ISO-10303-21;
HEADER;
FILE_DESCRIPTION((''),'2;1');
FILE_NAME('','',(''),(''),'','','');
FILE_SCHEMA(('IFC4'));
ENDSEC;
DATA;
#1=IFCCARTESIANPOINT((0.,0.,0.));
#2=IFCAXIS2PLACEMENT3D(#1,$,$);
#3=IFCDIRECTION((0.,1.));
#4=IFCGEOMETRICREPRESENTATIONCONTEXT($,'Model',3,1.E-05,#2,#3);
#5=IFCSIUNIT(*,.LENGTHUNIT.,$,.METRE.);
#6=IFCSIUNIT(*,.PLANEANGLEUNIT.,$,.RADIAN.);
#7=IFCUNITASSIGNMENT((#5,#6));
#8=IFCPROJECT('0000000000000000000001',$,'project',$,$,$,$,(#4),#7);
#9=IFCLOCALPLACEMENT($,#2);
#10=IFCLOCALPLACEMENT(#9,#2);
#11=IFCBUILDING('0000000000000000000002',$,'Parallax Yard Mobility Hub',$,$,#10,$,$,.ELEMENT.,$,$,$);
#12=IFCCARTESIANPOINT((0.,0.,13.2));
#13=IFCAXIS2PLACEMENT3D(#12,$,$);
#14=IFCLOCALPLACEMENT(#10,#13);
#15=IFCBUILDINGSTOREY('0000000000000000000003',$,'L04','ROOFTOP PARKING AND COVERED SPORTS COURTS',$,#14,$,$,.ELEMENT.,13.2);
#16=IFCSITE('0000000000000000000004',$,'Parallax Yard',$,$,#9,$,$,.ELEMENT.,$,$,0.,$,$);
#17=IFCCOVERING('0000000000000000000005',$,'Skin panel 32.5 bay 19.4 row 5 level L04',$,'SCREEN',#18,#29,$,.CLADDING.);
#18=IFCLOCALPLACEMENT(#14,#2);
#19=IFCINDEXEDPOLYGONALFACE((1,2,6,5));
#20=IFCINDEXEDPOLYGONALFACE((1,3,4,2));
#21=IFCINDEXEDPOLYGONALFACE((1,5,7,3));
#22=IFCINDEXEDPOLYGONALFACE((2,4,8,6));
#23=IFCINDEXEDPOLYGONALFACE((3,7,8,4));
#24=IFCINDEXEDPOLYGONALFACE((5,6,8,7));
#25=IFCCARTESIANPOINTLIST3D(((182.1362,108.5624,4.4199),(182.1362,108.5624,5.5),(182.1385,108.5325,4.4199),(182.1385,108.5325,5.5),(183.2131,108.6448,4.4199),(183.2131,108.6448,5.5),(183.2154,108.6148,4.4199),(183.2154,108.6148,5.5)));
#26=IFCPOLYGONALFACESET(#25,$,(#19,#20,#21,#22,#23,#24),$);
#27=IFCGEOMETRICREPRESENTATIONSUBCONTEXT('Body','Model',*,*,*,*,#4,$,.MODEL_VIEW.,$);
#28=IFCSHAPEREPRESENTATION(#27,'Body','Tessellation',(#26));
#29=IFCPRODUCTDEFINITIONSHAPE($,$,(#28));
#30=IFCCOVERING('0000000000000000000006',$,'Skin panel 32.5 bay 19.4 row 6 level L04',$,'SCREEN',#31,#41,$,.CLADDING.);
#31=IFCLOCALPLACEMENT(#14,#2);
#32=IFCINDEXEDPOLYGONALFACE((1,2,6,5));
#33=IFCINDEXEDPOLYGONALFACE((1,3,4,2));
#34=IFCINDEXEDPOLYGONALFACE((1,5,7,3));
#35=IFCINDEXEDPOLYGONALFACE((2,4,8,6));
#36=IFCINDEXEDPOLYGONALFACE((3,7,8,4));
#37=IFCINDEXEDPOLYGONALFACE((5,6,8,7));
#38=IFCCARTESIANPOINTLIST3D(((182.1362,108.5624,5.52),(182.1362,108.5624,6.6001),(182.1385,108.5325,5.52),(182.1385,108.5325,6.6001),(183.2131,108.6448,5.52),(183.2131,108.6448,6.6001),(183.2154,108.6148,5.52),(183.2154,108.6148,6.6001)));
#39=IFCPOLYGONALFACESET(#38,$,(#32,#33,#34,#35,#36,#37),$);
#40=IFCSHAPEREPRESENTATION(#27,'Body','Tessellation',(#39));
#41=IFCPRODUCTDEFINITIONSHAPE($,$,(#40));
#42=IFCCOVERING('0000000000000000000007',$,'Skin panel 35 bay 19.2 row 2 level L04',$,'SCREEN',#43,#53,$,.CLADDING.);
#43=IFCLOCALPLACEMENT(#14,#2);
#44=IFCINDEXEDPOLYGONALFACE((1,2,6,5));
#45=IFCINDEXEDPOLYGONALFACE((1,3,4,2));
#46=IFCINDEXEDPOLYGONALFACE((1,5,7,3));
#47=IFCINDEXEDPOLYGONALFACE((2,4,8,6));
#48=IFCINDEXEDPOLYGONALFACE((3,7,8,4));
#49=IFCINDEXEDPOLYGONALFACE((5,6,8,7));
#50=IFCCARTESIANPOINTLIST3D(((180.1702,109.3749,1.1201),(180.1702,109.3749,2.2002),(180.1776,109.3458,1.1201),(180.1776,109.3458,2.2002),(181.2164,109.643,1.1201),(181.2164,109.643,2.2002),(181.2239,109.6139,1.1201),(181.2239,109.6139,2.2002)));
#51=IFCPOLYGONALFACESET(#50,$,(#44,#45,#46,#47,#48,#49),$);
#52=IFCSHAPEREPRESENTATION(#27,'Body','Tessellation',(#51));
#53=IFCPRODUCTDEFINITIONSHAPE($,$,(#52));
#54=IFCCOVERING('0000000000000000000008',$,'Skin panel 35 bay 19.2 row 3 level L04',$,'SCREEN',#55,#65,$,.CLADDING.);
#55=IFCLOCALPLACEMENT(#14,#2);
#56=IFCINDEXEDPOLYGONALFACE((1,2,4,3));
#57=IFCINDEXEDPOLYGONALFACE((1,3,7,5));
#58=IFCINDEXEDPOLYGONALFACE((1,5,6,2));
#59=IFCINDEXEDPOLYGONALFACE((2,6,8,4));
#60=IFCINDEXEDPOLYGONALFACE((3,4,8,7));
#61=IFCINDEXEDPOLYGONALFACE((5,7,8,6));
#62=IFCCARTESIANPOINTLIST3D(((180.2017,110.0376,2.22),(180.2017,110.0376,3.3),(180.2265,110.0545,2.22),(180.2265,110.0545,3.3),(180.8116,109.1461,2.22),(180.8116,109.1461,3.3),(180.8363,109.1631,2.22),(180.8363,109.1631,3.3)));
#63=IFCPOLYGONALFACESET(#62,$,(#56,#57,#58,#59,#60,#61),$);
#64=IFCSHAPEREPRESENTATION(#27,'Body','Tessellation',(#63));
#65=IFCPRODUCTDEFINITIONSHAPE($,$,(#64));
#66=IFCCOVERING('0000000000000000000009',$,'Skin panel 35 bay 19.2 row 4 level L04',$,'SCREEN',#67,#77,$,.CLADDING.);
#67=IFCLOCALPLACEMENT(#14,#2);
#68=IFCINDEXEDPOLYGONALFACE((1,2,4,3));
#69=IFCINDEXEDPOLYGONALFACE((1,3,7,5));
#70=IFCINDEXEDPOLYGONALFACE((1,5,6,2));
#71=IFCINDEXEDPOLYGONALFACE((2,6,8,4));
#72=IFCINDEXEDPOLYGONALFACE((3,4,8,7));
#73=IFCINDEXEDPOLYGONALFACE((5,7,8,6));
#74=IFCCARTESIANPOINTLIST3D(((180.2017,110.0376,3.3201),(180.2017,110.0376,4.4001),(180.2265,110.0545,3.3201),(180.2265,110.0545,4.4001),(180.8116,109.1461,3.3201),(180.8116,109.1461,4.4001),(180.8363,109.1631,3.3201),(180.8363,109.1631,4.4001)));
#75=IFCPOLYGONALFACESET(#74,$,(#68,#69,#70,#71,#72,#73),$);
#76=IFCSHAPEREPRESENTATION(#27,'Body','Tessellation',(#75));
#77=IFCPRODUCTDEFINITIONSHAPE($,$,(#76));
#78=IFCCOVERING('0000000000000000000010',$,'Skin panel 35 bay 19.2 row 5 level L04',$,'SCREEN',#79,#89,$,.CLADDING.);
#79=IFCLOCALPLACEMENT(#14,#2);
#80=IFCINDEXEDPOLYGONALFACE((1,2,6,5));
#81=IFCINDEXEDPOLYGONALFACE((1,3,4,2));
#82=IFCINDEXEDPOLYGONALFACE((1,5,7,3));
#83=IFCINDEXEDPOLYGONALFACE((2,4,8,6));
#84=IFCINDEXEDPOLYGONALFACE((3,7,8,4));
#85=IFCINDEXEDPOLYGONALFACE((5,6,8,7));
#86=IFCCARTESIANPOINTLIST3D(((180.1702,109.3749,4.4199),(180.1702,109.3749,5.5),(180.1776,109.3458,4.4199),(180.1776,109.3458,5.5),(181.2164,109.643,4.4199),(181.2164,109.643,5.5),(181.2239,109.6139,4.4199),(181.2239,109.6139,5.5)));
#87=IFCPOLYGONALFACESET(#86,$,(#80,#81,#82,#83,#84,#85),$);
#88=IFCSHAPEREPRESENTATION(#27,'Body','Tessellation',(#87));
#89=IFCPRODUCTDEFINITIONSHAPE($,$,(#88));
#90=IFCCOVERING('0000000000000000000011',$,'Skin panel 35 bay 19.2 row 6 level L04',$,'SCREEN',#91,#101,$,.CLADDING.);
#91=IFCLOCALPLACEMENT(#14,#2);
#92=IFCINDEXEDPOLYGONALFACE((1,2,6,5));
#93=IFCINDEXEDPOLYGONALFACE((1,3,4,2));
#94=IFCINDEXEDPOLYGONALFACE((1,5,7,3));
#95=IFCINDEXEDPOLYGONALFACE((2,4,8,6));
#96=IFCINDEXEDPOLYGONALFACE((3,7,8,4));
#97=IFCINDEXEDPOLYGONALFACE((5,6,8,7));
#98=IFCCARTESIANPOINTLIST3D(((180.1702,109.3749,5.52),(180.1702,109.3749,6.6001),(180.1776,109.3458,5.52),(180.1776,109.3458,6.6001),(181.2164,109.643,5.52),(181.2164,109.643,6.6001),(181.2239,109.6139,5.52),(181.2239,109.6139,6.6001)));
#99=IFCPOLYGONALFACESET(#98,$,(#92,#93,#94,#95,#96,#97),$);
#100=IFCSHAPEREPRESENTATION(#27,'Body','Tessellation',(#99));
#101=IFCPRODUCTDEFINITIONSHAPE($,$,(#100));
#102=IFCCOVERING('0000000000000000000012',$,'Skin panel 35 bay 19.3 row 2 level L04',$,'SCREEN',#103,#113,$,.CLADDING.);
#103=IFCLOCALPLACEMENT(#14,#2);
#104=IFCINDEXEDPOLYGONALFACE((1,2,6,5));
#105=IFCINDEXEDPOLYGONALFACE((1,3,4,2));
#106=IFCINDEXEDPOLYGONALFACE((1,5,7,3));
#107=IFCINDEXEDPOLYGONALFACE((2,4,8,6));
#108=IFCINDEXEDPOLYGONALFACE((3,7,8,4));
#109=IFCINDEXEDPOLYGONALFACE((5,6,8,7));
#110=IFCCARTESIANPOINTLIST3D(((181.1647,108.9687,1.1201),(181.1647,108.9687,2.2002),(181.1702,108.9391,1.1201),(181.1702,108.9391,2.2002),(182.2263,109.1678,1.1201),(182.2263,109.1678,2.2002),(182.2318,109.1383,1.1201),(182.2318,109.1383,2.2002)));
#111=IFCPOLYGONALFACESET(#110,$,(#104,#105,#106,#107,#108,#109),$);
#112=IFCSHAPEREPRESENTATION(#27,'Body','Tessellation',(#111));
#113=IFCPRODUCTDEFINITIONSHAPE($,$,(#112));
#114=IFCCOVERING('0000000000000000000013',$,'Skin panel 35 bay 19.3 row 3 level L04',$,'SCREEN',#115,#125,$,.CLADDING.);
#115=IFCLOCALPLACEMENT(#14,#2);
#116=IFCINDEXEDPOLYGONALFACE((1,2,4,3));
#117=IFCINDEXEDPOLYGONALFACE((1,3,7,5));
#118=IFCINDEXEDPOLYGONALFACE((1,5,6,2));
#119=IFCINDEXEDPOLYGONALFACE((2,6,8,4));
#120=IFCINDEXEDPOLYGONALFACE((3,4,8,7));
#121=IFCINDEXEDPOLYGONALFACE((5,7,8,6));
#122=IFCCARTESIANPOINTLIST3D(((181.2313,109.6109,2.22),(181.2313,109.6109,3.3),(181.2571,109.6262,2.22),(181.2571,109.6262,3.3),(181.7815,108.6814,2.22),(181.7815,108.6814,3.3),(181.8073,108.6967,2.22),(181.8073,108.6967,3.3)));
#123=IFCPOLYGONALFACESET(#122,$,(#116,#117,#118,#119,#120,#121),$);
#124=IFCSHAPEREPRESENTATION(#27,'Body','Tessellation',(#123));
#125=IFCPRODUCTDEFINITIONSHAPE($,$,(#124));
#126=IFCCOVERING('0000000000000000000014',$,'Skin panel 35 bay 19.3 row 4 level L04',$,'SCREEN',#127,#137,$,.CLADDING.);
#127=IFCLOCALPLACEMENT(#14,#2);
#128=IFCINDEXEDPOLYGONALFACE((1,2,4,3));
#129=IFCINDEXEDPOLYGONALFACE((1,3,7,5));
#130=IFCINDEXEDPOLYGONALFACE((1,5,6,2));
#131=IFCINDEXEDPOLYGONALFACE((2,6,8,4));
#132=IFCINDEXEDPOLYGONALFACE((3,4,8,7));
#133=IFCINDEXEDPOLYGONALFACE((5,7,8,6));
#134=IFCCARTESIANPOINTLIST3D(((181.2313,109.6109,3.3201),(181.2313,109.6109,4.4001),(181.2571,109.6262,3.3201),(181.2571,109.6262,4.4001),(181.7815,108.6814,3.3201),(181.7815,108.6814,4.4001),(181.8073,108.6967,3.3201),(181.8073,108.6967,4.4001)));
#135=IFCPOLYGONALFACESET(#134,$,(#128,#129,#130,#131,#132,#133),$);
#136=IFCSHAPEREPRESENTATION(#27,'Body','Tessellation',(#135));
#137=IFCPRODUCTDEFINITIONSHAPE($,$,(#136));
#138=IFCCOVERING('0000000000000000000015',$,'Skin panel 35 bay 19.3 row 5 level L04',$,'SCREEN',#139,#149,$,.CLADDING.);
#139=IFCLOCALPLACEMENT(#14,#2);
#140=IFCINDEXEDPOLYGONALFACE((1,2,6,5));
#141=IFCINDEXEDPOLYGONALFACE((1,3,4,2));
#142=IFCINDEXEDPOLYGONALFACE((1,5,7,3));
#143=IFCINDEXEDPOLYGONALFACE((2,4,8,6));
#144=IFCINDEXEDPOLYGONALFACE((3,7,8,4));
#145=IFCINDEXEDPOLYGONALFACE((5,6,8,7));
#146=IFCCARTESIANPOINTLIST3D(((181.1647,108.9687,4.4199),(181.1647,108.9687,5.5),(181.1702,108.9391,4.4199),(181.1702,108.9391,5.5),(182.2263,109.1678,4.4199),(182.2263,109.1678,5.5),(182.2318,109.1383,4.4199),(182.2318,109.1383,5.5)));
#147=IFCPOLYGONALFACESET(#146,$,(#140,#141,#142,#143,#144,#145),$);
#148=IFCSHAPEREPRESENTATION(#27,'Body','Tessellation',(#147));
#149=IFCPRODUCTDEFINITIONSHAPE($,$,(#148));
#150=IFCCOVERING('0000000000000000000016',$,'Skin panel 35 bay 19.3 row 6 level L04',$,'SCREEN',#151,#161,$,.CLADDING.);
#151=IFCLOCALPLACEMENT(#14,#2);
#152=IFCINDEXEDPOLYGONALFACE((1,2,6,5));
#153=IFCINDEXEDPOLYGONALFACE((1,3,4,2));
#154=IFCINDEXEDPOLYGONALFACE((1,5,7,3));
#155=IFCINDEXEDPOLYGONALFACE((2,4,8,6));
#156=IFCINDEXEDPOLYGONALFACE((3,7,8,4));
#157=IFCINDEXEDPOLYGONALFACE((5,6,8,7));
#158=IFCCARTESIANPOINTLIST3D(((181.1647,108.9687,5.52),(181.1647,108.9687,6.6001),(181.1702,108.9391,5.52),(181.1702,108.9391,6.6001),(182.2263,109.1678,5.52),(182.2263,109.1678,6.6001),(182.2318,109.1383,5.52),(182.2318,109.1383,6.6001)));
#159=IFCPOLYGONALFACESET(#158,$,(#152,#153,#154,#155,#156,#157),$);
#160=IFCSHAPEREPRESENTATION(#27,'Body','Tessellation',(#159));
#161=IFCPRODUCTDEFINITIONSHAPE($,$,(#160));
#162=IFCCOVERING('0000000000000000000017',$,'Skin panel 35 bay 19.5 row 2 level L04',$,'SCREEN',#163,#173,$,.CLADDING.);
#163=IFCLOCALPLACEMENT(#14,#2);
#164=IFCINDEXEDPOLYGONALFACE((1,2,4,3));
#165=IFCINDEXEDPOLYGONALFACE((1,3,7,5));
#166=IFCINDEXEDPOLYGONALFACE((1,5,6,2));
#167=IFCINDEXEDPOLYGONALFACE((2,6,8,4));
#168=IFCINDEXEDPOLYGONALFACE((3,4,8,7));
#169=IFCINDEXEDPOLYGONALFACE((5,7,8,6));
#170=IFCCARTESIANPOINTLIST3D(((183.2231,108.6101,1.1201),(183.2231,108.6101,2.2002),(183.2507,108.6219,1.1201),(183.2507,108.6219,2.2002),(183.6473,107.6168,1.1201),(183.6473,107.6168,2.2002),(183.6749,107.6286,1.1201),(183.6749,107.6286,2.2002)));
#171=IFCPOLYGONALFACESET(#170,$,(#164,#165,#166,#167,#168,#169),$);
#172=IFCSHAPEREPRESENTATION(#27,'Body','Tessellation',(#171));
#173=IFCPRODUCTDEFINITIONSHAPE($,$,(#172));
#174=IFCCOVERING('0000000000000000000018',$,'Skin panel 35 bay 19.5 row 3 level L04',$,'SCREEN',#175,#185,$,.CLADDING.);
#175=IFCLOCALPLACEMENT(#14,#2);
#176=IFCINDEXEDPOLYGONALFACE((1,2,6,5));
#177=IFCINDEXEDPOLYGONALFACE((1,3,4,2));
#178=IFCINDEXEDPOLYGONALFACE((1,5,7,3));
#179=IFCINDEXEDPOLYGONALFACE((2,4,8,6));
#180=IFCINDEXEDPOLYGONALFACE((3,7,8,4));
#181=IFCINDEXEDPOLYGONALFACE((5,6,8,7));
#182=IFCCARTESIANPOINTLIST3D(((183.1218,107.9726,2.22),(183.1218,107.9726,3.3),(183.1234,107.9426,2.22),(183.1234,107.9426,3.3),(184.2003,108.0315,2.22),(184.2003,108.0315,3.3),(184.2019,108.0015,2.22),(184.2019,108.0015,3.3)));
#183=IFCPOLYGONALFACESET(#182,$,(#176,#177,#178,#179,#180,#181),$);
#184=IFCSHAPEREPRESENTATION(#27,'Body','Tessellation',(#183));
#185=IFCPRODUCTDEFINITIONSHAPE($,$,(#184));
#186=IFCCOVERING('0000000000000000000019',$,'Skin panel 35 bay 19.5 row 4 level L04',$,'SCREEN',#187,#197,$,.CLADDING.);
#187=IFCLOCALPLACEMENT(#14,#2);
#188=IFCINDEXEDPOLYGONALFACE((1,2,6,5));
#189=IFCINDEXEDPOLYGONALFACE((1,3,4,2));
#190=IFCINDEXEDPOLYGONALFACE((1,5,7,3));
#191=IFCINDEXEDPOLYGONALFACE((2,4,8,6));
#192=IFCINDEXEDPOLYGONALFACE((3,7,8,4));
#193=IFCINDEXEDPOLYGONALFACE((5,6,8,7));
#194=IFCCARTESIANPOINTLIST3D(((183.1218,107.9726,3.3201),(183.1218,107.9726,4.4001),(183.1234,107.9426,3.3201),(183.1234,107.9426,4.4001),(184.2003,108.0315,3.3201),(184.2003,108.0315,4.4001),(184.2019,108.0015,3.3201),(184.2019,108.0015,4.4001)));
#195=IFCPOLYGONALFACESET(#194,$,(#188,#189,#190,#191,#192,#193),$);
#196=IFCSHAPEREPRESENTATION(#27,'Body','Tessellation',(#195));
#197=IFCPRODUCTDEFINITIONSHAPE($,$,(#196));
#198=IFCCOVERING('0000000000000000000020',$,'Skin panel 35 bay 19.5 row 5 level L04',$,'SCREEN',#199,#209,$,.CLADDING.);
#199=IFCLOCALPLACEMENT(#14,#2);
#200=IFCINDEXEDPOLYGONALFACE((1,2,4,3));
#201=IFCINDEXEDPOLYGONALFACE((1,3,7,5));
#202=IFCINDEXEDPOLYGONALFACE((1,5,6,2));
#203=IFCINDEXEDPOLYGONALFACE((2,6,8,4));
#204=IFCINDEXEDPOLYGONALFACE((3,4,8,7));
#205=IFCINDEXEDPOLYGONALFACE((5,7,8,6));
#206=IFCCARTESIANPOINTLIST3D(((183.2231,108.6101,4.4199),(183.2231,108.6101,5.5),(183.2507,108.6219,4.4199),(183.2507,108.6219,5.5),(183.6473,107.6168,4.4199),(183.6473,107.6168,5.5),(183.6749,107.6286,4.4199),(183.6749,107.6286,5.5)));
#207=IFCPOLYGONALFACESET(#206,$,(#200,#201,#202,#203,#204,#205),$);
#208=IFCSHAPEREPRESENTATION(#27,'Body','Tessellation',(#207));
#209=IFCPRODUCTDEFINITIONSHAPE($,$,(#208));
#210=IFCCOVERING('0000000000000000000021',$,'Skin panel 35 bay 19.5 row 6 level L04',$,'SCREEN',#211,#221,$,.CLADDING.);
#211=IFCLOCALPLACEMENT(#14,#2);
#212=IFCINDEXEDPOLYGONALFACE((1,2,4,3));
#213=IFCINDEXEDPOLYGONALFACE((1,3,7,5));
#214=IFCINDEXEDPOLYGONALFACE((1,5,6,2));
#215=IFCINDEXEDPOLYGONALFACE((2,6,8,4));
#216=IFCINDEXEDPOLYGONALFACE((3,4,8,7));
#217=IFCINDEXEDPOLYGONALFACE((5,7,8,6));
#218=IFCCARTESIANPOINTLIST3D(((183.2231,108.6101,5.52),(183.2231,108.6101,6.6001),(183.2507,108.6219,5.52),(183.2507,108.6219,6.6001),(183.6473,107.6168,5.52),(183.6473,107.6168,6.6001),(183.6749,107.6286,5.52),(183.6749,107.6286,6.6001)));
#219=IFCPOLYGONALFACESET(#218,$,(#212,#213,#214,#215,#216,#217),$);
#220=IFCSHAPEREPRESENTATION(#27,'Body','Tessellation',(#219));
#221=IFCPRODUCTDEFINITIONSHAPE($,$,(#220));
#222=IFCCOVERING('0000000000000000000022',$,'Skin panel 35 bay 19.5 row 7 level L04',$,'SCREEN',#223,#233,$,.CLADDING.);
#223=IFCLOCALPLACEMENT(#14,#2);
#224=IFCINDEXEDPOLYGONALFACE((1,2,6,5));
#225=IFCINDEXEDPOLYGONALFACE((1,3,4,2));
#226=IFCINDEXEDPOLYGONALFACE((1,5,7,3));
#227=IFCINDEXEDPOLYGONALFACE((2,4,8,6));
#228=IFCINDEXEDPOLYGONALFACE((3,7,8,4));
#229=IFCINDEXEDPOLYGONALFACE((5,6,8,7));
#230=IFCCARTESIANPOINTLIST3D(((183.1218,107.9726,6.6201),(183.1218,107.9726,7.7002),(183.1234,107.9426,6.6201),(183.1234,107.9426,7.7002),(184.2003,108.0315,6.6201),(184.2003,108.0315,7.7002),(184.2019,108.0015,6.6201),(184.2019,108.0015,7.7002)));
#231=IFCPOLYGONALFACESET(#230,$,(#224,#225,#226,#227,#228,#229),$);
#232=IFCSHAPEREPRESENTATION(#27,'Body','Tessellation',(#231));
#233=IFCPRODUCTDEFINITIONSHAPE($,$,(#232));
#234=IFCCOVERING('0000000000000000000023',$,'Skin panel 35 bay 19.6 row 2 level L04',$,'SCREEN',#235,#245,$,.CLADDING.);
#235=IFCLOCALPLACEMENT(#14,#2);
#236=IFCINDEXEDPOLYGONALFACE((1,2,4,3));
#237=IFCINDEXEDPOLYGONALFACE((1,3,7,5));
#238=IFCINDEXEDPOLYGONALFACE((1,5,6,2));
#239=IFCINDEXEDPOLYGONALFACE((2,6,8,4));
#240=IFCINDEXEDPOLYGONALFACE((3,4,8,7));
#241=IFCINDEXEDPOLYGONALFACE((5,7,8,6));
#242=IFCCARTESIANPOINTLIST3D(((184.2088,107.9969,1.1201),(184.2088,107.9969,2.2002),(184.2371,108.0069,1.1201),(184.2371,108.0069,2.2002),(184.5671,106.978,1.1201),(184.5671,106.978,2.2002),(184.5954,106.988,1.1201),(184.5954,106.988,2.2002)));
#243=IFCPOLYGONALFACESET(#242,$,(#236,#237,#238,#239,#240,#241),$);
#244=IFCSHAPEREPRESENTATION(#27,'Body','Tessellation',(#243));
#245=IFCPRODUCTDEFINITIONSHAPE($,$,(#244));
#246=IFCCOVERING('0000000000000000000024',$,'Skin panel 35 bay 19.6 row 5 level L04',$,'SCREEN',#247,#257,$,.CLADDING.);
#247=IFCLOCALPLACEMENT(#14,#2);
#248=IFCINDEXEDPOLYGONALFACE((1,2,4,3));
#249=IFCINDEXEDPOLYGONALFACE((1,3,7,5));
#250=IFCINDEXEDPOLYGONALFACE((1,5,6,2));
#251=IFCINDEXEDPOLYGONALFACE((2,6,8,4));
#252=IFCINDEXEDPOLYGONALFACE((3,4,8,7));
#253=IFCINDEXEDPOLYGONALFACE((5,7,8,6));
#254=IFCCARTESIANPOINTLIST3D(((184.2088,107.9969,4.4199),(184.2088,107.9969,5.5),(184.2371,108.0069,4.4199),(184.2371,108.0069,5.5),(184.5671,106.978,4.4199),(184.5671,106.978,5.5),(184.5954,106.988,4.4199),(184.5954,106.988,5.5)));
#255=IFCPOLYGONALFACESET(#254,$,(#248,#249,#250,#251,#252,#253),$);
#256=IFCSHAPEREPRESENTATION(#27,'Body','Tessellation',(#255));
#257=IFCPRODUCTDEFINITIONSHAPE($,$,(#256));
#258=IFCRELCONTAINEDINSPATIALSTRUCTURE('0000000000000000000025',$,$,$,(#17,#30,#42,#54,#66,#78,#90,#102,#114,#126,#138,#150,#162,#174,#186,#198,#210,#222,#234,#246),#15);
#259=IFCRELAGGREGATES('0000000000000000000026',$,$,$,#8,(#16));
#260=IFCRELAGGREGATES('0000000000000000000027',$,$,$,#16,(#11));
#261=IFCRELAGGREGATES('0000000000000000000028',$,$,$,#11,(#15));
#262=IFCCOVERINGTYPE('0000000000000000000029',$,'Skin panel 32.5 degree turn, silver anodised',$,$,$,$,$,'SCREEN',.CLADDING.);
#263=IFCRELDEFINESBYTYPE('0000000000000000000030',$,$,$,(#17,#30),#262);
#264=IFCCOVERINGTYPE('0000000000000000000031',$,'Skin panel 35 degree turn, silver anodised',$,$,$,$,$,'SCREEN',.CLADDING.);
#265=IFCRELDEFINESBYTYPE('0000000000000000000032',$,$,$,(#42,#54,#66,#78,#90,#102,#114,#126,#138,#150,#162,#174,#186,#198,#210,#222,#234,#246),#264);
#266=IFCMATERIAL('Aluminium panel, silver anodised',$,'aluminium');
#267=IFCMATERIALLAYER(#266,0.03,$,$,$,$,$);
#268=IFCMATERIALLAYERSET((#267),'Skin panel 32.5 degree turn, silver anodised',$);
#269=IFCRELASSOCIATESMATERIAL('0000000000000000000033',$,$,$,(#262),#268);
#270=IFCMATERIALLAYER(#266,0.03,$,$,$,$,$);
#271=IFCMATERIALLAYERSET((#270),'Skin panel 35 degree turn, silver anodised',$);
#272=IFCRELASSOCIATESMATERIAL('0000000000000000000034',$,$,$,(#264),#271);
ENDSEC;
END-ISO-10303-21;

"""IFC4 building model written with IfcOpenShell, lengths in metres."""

from ifc_helpers import new_model, si_unit, direction, frame, origin, origin_2d, place, context, subcontext, project, spatial, rectangle, extrude, material, layer, layer_set, type_object, element, save


model = new_model("IFC4")

# Units and contexts
model_context = context("Model", 3, precision=1e-05, world=origin(), true_north=direction((0.0, 1.0)))
body_context = subcontext(model_context, "Body", "Model", "MODEL_VIEW")
ifc_project = project(units=[si_unit("LENGTHUNIT", "METRE"), si_unit("PLANEANGLEUNIT", "RADIAN")], contexts=[model_context])

# Site, building, storey
site_placement = place(None, origin())
site = spatial("IfcSite", under=ifc_project, at=site_placement, Name="Parallax Yard", CompositionType="ELEMENT", RefElevation=0.0)
building_placement = place(site_placement, origin())
building = spatial("IfcBuilding", under=site, at=building_placement, Name="Parallax Yard Mobility Hub", CompositionType="ELEMENT")
storey_placement = place(building_placement, frame((0.0, 0.0, 13.2)))
storey = spatial("IfcBuildingStorey", under=building, at=storey_placement, Name="L04", Description="ROOFTOP PARKING AND COVERED SPORTS COURTS", CompositionType="ELEMENT", Elevation=13.2)

# Coverings
ifc_material_1 = material(Name="Aluminium panel, silver anodised", Category="aluminium")
ifc_layer_1 = layer(ifc_material_1, 0.03)
ifc_layer_set_1 = layer_set([ifc_layer_1], Name="Skin panel 32.5 degree turn, silver anodised")
covering_type_1 = type_object("IfcCoveringType", Name="Skin panel 32.5 degree turn, silver anodised", ElementType="SCREEN", PredefinedType="CLADDING", material=ifc_layer_set_1)
for number, where, z_axis, x_axis, name in (
    (1, (182.6758, 108.5886, 4.4199), (0.0, 0.0, 1.0), (-0.997086, -0.076284, 0.0), "Skin panel 32.5 bay 19.4 row 5 level L04"),
    (2, (182.6758, 108.5886, 5.52), (0.0, 0.0, 1.0), (-0.997086, -0.076284, 0.0), "Skin panel 32.5 bay 19.4 row 6 level L04"),
):
    element("IfcCovering", number, at=place(storey_placement, frame(where, z_axis=z_axis, x_axis=x_axis)), inside=storey, type_object=covering_type_1, Name=name, ObjectType="SCREEN", PredefinedType="CLADDING", context=body_context, shape_type="SweptSolid", body=[
        extrude(rectangle(XDim=1.0801, YDim=0.03, at=origin_2d()), origin(), (0.0, 0.0, 1.0), 1.0801),
    ])
ifc_layer_2 = layer(ifc_material_1, 0.03)
ifc_layer_set_2 = layer_set([ifc_layer_2], Name="Skin panel 35 degree turn, silver anodised")
covering_type_2 = type_object("IfcCoveringType", Name="Skin panel 35 degree turn, silver anodised", ElementType="SCREEN", PredefinedType="CLADDING", material=ifc_layer_set_2)
for number, where, z_axis, x_axis, name in (
    (3, (180.697, 109.4944, 1.1201), (0.0, 0.0, 1.0), (-0.968692, -0.248267, 0.0), "Skin panel 35 bay 19.2 row 2 level L04"),
    (4, (180.519, 109.6003, 2.22), (0.0, 0.0, 1.0), (0.564607, -0.82536, 0.0), "Skin panel 35 bay 19.2 row 3 level L04"),
    (5, (180.519, 109.6003, 3.3201), (0.0, 0.0, 1.0), (0.564607, -0.82536, 0.0), "Skin panel 35 bay 19.2 row 4 level L04"),
    (6, (180.697, 109.4944, 4.4199), (0.0, 0.0, 1.0), (-0.968692, -0.248267, 0.0), "Skin panel 35 bay 19.2 row 5 level L04"),
    (7, (180.697, 109.4944, 5.52), (0.0, 0.0, 1.0), (-0.968692, -0.248267, 0.0), "Skin panel 35 bay 19.2 row 6 level L04"),
    (8, (181.6982, 109.0535, 1.1201), (0.0, 0.0, 1.0), (-0.982855, -0.18438, 0.0), "Skin panel 35 bay 19.3 row 2 level L04"),
    (9, (181.5193, 109.1538, 2.22), (0.0, 0.0, 1.0), (0.509417, -0.86052, 0.0), "Skin panel 35 bay 19.3 row 3 level L04"),
    (10, (181.5193, 109.1538, 3.3201), (0.0, 0.0, 1.0), (0.509417, -0.86052, 0.0), "Skin panel 35 bay 19.3 row 4 level L04"),
    (11, (181.6982, 109.0535, 4.4199), (0.0, 0.0, 1.0), (-0.982855, -0.18438, 0.0), "Skin panel 35 bay 19.3 row 5 level L04"),
    (12, (181.6982, 109.0535, 5.52), (0.0, 0.0, 1.0), (-0.982855, -0.18438, 0.0), "Skin panel 35 bay 19.3 row 6 level L04"),
    (13, (183.449, 108.1194, 1.1201), (0.0, 0.0, 1.0), (0.392738, -0.91965, 0.0), "Skin panel 35 bay 19.5 row 2 level L04"),
    (14, (183.6619, 107.9871, 2.22), (0.0, 0.0, 1.0), (-0.998513, -0.054515, 0.0), "Skin panel 35 bay 19.5 row 3 level L04"),
    (15, (183.6619, 107.9871, 3.3201), (0.0, 0.0, 1.0), (-0.998513, -0.054515, 0.0), "Skin panel 35 bay 19.5 row 4 level L04"),
    (16, (183.449, 108.1194, 4.4199), (0.0, 0.0, 1.0), (0.392738, -0.91965, 0.0), "Skin panel 35 bay 19.5 row 5 level L04"),
    (17, (183.449, 108.1194, 5.52), (0.0, 0.0, 1.0), (0.392738, -0.91965, 0.0), "Skin panel 35 bay 19.5 row 6 level L04"),
    (18, (183.6619, 107.9871, 6.6201), (0.0, 0.0, 1.0), (-0.998513, -0.054515, 0.0), "Skin panel 35 bay 19.5 row 7 level L04"),
    (19, (184.4021, 107.4924, 1.1201), (0.0, 0.0, 1.0), (0.33175, -0.943368, 0.0), "Skin panel 35 bay 19.6 row 2 level L04"),
    (20, (184.4021, 107.4924, 4.4199), (0.0, 0.0, 1.0), (0.33175, -0.943368, 0.0), "Skin panel 35 bay 19.6 row 5 level L04"),
):
    element("IfcCovering", number, at=place(storey_placement, frame(where, z_axis=z_axis, x_axis=x_axis)), inside=storey, type_object=covering_type_2, Name=name, ObjectType="SCREEN", PredefinedType="CLADDING", context=body_context, shape_type="SweptSolid", body=[
        extrude(rectangle(XDim=1.0801, YDim=0.03, at=origin_2d()), origin(), (0.0, 0.0, 1.0), 1.0801),
    ])

save(model, "model.ifc")
